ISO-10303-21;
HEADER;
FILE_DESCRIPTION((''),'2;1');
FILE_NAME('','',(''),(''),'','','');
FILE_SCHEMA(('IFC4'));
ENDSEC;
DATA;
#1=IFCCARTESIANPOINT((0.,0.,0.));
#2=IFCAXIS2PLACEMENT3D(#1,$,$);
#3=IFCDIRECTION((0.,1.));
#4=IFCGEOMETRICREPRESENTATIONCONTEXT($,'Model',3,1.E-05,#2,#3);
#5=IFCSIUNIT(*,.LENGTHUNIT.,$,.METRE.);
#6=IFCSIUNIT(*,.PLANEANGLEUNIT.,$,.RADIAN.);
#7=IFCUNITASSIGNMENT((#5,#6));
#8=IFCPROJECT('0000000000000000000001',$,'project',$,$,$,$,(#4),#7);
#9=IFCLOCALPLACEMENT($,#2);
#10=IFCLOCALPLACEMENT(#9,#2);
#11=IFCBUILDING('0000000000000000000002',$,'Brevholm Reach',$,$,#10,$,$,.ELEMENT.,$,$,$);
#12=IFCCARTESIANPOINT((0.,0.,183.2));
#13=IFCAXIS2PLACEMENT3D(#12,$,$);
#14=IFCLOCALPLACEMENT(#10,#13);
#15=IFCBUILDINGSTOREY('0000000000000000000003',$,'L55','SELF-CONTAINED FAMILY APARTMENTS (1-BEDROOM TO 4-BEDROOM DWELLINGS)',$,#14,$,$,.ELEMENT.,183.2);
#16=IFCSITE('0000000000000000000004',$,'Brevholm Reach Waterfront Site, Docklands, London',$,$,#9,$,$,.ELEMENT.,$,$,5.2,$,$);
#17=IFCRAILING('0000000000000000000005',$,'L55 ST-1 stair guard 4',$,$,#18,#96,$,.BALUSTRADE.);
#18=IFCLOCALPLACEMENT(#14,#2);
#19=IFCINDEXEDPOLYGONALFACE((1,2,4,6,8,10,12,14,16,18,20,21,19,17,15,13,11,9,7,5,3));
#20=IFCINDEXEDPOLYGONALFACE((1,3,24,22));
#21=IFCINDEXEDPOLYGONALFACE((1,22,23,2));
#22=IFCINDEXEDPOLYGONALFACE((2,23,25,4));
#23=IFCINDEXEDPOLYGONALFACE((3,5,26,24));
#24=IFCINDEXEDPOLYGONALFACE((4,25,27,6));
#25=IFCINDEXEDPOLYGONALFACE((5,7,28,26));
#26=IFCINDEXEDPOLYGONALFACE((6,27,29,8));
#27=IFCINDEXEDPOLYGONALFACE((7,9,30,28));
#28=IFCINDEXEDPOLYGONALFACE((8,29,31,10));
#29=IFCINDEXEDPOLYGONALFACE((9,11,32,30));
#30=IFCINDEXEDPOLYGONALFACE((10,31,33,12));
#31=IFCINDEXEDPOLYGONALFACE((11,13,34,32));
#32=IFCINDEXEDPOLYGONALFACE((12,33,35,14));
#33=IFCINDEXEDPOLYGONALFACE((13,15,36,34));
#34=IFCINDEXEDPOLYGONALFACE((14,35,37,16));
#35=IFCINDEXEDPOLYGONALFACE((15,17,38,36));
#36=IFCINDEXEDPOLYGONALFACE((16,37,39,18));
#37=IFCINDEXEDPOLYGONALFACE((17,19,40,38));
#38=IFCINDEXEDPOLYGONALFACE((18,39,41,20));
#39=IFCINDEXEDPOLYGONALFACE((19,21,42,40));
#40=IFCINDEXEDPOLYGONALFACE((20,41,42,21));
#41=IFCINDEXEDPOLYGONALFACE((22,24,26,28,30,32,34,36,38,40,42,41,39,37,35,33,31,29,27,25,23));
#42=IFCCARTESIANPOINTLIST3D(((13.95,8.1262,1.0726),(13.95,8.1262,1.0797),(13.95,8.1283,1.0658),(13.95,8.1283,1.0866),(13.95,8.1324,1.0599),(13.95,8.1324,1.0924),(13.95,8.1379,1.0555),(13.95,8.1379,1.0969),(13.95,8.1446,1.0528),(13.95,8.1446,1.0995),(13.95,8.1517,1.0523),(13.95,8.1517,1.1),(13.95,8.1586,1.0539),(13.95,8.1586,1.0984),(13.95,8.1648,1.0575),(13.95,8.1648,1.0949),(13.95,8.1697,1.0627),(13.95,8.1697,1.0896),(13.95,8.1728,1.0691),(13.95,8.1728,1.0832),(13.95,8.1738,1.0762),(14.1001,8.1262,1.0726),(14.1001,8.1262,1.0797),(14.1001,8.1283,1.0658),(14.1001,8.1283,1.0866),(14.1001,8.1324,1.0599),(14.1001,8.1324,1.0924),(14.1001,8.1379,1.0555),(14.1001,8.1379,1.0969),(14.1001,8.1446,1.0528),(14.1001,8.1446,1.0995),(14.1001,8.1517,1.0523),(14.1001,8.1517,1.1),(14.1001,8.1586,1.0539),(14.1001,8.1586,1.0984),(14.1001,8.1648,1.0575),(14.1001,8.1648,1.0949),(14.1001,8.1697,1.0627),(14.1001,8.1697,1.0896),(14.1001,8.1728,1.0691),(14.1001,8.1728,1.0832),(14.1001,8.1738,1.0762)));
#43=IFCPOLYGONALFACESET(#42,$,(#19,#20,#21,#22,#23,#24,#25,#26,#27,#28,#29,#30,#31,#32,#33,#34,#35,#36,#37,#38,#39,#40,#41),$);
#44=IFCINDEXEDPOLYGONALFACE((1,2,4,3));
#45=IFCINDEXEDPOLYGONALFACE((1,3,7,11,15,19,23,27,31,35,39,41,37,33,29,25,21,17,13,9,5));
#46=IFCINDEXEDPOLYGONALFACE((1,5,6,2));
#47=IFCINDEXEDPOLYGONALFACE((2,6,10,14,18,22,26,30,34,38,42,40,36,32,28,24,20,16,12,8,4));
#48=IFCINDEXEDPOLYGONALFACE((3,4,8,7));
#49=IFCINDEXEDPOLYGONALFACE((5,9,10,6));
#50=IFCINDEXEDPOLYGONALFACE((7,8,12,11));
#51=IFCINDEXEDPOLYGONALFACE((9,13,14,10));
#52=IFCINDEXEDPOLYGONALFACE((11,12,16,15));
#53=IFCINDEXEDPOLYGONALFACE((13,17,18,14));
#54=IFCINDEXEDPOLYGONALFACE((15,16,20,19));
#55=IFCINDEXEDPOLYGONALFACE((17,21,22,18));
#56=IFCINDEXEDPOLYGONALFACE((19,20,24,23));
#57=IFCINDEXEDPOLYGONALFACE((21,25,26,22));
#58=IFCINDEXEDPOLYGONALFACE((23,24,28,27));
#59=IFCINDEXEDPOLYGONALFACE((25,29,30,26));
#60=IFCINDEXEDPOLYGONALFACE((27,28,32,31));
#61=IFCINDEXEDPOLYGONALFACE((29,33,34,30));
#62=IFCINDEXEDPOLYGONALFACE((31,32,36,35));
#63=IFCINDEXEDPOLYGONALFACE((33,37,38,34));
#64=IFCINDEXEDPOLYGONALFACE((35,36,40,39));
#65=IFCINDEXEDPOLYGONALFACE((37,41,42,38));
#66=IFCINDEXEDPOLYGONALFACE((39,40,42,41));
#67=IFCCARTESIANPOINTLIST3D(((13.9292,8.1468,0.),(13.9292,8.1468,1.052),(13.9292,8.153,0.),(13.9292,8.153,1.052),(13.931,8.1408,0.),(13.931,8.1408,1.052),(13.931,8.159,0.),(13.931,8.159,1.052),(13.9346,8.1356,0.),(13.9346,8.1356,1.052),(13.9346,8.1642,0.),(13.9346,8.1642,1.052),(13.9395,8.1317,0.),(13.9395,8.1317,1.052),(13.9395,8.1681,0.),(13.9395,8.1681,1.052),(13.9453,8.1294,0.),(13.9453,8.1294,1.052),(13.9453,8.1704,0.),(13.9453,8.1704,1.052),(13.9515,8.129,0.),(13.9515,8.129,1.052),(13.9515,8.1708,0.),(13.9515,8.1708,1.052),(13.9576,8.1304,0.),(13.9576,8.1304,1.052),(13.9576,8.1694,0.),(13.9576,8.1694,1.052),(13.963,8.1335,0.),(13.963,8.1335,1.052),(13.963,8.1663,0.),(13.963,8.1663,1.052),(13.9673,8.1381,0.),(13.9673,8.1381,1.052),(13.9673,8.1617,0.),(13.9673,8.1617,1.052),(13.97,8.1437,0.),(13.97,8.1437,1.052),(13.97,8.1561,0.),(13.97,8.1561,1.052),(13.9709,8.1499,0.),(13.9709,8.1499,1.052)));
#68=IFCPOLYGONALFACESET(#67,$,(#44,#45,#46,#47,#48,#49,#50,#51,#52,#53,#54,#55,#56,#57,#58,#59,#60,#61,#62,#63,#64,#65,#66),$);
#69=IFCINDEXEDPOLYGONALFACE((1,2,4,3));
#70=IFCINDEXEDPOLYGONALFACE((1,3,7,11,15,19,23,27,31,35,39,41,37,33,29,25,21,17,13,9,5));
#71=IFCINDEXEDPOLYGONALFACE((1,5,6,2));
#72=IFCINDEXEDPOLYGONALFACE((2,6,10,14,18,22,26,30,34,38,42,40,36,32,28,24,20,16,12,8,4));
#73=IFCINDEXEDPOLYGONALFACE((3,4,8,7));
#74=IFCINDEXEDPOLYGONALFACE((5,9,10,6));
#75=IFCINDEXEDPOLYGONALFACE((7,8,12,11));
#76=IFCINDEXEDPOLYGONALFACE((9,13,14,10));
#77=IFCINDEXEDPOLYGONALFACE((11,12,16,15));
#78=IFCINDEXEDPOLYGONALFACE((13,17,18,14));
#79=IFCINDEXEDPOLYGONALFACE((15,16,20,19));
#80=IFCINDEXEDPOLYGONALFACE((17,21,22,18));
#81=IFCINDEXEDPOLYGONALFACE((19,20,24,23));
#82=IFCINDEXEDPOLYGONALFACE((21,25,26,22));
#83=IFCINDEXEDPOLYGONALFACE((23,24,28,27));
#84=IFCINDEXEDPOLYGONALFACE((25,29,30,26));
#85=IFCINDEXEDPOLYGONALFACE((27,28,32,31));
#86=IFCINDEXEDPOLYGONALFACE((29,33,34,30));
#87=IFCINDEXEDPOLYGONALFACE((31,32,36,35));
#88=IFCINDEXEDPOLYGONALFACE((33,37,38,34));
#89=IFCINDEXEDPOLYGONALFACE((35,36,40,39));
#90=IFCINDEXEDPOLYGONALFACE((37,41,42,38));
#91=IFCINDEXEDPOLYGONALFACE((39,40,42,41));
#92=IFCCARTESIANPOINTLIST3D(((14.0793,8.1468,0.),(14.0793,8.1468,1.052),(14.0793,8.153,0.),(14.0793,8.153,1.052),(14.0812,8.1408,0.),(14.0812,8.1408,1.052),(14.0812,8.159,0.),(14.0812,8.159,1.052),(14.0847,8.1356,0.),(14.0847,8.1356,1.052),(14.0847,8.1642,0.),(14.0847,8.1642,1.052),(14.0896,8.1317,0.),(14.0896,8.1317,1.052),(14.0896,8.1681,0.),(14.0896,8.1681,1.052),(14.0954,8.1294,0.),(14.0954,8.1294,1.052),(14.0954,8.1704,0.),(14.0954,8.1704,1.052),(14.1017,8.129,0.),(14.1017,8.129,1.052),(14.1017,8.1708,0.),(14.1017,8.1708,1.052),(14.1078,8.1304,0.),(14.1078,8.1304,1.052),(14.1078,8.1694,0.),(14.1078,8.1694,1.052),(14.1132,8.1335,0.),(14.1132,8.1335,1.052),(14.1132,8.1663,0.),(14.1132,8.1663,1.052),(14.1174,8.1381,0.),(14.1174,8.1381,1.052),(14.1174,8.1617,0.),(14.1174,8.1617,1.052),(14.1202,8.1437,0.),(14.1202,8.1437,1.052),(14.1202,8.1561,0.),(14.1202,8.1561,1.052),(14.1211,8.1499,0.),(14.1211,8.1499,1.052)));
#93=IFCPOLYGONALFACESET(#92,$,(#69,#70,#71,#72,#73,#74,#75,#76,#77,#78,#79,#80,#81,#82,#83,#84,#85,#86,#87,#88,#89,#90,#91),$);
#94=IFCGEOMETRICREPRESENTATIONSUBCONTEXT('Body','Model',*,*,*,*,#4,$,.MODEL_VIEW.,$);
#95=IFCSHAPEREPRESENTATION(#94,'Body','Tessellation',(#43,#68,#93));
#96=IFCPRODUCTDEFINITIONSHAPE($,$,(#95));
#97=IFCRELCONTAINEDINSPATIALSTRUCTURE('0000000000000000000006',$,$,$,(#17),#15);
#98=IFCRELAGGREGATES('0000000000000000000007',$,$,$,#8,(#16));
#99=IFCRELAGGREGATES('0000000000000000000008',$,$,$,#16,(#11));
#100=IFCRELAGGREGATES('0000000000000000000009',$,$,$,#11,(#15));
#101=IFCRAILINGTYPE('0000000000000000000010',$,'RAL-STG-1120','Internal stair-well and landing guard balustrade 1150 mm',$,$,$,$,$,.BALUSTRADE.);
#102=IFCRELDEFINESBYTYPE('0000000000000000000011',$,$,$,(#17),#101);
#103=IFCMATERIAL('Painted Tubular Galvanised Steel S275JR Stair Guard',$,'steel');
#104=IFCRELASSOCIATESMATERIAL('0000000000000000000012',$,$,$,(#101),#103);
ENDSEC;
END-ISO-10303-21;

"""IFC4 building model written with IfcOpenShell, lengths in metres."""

from ifc_helpers import new_model, si_unit, direction, frame, origin, origin_2d, place, context, subcontext, project, spatial, circle, extrude, material, type_object, element, save


model = new_model("IFC4")

# Units and contexts
model_context = context("Model", 3, precision=1e-05, world=origin(), true_north=direction((0.0, 1.0)))
body_context = subcontext(model_context, "Body", "Model", "MODEL_VIEW")
ifc_project = project(units=[si_unit("LENGTHUNIT", "METRE"), si_unit("PLANEANGLEUNIT", "RADIAN")], contexts=[model_context])

# Site, building, storey
site_placement = place(None, origin())
site = spatial("IfcSite", under=ifc_project, at=site_placement, Name="Brevholm Reach Waterfront Site, Docklands, London", CompositionType="ELEMENT", RefElevation=5.2)
building_placement = place(site_placement, origin())
building = spatial("IfcBuilding", under=site, at=building_placement, Name="Brevholm Reach", CompositionType="ELEMENT")
storey_placement = place(building_placement, frame((0.0, 0.0, 183.2)))
storey = spatial("IfcBuildingStorey", under=building, at=storey_placement, Name="L55", Description="SELF-CONTAINED FAMILY APARTMENTS (1-BEDROOM TO 4-BEDROOM DWELLINGS)", CompositionType="ELEMENT", Elevation=183.2)

# Railing
ifc_material_1 = material(Name="Painted Tubular Galvanised Steel S275JR Stair Guard", Category="steel")
railing_type_1 = type_object("IfcRailingType", Name="RAL-STG-1120", Description="Internal stair-well and landing guard balustrade 1150 mm", PredefinedType="BALUSTRADE", material=ifc_material_1)
railing_1_placement = place(storey_placement, frame((13.95, 8.1499, 0.0)))
element("IfcRailing", 1, at=railing_1_placement, inside=storey, type_object=railing_type_1, Name="L55 ST-1 stair guard 4", PredefinedType="BALUSTRADE", context=body_context, shape_type="SweptSolid", body=[
    extrude(circle(Radius=0.0239, at=origin_2d()), frame((0.0, 0.0, 1.0762), z_axis=(1.0, 0.0, 0.0), x_axis=(0.0, 1.0, 0.0)), (0.0, 0.0, 1.0), 0.1501),
    extrude(circle(Radius=0.021, at=origin_2d()), origin(), (0.0, 0.0, 1.0), 1.052),
    extrude(circle(Radius=0.021, at=origin_2d()), frame((0.1501, 0.0, 0.0)), (0.0, 0.0, 1.0), 1.052),
])

save(model, "model.ifc")
